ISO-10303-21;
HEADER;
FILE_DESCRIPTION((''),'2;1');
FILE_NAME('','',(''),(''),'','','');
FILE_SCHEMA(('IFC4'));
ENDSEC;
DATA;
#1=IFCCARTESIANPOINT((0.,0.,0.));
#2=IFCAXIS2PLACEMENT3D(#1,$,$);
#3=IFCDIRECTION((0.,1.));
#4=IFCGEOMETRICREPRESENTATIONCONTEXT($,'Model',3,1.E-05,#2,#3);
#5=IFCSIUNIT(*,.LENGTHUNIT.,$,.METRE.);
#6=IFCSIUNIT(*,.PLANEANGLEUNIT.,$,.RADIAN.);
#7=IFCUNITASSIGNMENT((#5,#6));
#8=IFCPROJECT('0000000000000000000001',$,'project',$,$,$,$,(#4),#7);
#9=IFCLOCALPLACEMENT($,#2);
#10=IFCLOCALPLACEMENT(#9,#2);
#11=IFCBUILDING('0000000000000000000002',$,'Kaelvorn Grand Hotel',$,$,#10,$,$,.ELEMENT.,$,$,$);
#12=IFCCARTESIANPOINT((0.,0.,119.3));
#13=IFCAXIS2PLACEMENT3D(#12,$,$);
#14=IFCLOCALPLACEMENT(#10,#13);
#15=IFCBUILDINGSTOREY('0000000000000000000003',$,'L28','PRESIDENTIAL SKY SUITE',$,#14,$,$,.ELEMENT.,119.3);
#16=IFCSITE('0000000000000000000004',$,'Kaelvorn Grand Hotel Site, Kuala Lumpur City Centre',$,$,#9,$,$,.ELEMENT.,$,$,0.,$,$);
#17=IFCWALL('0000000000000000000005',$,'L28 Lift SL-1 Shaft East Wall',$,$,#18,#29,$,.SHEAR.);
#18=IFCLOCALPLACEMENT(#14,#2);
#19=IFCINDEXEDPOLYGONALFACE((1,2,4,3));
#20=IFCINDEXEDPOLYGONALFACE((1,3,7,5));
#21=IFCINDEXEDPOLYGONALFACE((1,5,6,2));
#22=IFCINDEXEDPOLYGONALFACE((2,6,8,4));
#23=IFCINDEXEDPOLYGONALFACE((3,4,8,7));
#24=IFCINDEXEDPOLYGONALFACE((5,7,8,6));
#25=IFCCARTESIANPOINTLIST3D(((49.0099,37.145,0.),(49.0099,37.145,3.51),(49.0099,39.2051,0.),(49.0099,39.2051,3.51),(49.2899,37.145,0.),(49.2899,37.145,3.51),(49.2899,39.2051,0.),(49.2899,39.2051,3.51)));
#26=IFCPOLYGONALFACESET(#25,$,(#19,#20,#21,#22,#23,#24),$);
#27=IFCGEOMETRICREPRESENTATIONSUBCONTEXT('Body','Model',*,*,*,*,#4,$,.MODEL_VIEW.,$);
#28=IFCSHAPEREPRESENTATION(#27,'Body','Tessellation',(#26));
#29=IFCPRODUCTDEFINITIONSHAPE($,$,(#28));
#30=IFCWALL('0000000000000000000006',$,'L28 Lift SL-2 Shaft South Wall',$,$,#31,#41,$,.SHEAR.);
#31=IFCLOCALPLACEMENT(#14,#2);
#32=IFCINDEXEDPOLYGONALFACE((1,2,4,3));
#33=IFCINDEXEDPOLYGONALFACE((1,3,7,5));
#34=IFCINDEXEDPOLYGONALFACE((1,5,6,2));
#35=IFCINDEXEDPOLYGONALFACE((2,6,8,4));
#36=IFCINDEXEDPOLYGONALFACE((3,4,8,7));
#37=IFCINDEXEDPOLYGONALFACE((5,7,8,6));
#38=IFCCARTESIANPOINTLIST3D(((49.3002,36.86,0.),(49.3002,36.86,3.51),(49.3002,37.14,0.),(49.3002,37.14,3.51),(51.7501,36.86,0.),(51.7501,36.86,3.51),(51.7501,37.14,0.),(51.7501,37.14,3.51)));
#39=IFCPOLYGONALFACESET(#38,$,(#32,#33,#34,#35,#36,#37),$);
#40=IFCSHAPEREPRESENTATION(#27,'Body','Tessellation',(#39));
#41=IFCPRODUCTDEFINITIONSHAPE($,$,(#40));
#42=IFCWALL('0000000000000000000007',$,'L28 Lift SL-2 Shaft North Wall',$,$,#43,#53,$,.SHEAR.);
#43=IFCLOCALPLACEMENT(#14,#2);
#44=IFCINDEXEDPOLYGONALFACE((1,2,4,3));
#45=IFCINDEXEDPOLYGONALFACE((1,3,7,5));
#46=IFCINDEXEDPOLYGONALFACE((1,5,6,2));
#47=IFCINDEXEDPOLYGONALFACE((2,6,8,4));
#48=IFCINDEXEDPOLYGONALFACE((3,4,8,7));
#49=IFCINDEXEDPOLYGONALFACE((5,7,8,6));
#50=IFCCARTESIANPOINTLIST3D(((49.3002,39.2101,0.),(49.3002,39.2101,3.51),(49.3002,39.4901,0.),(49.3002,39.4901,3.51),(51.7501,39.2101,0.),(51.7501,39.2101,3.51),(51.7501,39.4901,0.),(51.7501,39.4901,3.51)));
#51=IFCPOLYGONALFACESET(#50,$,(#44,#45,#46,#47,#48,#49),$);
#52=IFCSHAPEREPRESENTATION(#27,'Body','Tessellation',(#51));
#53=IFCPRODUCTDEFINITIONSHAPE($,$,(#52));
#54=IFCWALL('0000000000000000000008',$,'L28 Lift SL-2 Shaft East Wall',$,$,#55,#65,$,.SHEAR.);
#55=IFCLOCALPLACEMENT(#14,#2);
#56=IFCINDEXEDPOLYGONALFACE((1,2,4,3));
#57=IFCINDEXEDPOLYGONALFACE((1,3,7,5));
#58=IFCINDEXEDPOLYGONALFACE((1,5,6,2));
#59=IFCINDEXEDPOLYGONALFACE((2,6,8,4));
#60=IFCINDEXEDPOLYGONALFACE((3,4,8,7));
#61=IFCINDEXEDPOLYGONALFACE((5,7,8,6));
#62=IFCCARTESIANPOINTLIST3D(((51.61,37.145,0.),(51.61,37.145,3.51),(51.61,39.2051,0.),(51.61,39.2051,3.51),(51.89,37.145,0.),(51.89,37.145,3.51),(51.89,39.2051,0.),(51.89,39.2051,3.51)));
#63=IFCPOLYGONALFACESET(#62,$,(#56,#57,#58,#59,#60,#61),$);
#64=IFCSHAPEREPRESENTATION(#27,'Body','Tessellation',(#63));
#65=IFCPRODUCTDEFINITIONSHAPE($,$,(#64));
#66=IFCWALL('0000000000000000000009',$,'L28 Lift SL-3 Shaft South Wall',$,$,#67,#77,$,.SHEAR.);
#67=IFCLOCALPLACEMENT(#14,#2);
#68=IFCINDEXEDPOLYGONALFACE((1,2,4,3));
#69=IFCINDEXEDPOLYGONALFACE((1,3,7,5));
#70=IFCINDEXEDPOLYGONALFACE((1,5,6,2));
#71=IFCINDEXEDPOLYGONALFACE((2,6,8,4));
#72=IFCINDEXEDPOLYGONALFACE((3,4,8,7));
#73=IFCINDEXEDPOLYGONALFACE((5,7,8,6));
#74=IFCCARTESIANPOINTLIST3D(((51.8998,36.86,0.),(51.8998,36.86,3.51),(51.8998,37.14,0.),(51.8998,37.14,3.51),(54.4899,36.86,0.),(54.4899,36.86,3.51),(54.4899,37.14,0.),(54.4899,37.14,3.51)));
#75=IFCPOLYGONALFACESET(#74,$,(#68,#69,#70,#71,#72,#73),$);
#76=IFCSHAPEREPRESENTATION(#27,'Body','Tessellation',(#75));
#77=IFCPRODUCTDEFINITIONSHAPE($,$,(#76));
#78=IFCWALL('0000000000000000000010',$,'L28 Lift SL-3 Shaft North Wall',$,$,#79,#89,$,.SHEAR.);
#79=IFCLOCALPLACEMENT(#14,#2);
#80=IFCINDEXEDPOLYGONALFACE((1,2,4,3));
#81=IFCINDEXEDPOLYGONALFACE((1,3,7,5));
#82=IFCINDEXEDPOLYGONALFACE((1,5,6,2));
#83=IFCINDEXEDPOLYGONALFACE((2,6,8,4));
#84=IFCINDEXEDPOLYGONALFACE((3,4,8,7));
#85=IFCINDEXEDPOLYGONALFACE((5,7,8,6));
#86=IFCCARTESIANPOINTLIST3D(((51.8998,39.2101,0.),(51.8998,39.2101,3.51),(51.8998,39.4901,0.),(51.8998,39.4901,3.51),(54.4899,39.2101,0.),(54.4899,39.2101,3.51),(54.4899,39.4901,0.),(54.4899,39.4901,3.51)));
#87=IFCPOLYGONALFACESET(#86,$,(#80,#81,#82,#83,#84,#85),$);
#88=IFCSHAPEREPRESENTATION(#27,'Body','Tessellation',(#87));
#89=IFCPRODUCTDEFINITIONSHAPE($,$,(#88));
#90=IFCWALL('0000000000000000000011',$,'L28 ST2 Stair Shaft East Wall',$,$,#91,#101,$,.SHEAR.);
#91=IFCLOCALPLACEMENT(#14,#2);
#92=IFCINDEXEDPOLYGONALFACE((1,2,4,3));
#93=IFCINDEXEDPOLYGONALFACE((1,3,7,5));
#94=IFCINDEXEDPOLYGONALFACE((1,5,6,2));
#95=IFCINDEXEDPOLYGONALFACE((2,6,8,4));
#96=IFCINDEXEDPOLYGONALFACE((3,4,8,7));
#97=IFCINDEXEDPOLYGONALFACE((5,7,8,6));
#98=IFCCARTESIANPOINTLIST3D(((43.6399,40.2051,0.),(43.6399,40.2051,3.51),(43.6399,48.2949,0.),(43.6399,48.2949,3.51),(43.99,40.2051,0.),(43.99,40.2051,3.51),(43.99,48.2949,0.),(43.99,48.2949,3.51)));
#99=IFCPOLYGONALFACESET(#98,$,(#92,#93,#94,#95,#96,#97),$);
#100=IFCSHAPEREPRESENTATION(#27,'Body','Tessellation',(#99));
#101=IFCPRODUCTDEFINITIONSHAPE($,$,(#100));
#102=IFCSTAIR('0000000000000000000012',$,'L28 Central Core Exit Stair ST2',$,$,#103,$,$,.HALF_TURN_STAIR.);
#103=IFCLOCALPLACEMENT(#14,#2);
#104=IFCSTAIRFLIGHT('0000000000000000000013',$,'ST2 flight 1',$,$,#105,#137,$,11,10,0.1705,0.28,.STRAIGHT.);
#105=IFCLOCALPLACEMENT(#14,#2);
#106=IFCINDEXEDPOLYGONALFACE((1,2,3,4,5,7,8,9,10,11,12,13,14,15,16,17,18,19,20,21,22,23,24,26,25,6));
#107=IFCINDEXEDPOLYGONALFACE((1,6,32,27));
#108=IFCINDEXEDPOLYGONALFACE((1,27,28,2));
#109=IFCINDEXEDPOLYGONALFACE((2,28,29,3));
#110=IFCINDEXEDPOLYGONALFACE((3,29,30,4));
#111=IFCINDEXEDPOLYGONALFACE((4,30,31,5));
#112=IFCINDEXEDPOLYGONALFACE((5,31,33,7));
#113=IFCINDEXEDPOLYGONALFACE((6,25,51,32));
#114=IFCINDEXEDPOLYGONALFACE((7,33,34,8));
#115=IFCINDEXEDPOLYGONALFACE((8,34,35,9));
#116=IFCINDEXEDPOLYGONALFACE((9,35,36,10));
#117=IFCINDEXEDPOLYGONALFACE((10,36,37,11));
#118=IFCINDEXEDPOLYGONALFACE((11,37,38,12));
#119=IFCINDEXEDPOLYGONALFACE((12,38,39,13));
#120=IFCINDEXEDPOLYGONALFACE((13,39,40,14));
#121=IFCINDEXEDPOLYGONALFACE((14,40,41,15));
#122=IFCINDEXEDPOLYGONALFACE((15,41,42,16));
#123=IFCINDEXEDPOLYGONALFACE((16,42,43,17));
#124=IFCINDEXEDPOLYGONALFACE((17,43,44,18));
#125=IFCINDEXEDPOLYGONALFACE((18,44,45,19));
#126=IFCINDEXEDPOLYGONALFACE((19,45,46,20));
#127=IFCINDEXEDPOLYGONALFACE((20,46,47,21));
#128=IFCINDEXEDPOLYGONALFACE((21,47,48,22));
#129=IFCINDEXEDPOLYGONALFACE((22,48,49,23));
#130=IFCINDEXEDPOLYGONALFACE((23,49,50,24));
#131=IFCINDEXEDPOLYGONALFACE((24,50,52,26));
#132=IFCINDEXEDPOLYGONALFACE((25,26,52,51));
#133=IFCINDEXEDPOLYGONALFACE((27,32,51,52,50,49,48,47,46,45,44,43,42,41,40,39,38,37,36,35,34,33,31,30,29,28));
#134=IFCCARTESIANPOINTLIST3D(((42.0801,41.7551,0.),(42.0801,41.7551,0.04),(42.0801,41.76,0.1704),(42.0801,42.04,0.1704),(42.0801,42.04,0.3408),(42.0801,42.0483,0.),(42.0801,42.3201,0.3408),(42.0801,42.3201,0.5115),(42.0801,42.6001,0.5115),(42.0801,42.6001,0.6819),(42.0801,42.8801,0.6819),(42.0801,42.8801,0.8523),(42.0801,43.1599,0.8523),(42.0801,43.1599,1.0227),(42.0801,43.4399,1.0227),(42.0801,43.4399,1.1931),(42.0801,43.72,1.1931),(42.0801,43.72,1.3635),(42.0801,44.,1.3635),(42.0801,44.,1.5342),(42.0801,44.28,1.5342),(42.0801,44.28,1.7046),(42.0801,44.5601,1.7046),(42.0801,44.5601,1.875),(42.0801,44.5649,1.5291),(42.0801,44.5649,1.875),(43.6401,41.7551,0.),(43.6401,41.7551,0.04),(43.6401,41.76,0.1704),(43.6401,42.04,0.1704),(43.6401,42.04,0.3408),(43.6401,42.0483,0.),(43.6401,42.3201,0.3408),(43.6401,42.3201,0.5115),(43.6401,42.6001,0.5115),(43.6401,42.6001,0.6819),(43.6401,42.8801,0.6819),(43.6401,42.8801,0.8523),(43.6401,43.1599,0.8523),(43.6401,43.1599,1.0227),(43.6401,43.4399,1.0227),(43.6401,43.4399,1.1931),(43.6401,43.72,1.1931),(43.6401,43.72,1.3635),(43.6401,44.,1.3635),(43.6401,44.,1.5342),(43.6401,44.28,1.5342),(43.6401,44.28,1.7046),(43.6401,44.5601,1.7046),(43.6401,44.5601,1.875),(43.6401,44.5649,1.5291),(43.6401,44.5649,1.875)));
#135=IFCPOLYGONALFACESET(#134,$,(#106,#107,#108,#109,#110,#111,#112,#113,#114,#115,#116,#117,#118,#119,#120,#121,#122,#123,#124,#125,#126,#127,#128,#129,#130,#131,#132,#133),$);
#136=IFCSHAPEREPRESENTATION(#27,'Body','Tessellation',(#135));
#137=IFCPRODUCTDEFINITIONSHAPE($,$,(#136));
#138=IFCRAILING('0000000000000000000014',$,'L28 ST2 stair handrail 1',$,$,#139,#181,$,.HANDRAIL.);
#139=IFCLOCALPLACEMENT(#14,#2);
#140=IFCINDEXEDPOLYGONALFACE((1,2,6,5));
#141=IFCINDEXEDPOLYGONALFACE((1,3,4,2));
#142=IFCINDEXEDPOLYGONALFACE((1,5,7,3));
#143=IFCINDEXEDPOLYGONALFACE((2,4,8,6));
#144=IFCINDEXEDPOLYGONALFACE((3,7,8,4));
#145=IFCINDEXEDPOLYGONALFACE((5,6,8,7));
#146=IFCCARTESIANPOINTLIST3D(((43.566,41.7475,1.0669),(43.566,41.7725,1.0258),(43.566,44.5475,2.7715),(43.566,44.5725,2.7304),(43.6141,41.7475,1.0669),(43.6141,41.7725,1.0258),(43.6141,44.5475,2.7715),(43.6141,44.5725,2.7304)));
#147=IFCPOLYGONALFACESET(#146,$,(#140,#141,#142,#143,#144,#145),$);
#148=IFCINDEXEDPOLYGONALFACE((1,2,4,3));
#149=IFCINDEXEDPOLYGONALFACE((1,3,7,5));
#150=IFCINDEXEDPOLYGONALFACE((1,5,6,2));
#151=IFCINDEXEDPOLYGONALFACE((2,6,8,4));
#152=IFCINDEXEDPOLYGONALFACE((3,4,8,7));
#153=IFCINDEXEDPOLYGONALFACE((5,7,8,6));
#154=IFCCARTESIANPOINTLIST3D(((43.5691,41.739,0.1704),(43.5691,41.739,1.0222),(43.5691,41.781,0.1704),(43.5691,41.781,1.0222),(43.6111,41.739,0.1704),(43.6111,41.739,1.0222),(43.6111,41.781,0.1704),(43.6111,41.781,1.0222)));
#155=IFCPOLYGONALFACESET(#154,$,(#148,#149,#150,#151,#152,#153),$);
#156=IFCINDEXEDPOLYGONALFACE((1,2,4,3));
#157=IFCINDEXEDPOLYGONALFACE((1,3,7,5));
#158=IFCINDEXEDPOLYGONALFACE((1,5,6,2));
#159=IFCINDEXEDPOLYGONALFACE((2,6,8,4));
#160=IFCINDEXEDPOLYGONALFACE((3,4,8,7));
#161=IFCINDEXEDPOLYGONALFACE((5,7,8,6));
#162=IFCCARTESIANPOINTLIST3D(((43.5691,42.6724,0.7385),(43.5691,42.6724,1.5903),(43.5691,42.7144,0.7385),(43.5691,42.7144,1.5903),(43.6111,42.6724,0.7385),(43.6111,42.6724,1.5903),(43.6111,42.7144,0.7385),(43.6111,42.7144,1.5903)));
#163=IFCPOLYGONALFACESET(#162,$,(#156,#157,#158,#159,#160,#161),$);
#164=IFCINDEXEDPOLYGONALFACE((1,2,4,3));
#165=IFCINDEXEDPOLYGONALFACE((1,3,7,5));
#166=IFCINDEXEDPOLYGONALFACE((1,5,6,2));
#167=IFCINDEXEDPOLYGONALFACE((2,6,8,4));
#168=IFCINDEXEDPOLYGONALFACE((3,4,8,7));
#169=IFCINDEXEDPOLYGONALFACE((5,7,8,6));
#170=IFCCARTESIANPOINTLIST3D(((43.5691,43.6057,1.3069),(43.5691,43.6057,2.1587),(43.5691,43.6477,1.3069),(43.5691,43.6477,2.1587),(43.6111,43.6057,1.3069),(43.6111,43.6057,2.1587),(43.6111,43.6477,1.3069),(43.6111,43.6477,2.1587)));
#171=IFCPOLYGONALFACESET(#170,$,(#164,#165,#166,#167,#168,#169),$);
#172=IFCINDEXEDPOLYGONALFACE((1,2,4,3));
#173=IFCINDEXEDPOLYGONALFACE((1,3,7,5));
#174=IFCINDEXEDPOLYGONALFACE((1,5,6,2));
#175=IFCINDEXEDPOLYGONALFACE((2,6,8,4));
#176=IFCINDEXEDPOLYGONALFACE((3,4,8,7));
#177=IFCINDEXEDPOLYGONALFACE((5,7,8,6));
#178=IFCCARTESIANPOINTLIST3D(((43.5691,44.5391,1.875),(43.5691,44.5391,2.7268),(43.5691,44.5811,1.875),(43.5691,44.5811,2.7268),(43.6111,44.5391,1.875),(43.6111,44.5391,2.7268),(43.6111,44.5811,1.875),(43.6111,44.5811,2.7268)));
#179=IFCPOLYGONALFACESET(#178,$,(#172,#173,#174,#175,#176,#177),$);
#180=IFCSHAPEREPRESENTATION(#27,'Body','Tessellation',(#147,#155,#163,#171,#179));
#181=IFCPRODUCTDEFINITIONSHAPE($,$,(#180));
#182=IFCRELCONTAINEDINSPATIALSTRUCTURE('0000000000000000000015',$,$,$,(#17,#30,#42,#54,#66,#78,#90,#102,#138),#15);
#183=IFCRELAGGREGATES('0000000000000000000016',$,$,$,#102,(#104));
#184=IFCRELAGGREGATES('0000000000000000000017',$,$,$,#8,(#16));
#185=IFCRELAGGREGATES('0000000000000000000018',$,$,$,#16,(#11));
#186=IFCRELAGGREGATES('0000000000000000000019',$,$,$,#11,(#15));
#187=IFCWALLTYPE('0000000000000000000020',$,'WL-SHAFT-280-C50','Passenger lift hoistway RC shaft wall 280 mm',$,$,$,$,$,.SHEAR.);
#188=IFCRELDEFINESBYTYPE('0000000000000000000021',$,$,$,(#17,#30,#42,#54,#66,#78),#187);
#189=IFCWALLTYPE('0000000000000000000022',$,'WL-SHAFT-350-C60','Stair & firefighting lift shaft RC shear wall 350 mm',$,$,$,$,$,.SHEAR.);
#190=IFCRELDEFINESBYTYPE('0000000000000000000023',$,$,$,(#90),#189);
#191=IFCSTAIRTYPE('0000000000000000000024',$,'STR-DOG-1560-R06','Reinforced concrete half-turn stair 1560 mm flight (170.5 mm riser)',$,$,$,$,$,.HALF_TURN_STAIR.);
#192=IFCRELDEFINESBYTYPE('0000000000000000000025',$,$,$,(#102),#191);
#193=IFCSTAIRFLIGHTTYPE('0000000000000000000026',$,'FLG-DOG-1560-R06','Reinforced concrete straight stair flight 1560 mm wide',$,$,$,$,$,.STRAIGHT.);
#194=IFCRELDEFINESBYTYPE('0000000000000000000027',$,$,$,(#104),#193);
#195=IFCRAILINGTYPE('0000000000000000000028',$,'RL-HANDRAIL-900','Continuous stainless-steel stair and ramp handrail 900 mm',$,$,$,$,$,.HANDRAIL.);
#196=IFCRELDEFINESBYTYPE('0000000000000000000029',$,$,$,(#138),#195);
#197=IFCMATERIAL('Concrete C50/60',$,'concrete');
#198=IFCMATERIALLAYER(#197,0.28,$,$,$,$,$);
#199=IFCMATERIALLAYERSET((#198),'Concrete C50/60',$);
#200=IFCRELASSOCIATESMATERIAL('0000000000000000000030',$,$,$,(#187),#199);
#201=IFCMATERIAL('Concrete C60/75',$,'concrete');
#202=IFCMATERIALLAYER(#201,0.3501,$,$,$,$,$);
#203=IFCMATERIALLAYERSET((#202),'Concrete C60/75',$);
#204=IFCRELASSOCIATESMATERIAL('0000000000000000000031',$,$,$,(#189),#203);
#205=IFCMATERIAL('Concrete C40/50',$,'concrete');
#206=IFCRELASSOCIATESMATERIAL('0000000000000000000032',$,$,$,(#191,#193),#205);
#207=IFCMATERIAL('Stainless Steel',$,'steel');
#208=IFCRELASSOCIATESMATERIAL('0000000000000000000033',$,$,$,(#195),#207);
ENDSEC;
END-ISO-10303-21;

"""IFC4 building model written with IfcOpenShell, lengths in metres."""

from ifc_helpers import new_model, si_unit, direction, frame, frame_2d, origin, origin_2d, place, context, subcontext, project, spatial, polyline, rectangle, outline, extrude, material, layer, layer_set, type_object, element, aggregate, save


model = new_model("IFC4")

# Units and contexts
model_context = context("Model", 3, precision=1e-05, world=origin(), true_north=direction((0.0, 1.0)))
body_context = subcontext(model_context, "Body", "Model", "MODEL_VIEW")
ifc_project = project(units=[si_unit("LENGTHUNIT", "METRE"), si_unit("PLANEANGLEUNIT", "RADIAN")], contexts=[model_context])

# Site, building, storey
site_placement = place(None, origin())
site = spatial("IfcSite", under=ifc_project, at=site_placement, Name="Kaelvorn Grand Hotel Site, Kuala Lumpur City Centre", CompositionType="ELEMENT", RefElevation=0.0)
building_placement = place(site_placement, origin())
building = spatial("IfcBuilding", under=site, at=building_placement, Name="Kaelvorn Grand Hotel", CompositionType="ELEMENT")
storey_placement = place(building_placement, frame((0.0, 0.0, 119.3)))
storey = spatial("IfcBuildingStorey", under=building, at=storey_placement, Name="L28", Description="PRESIDENTIAL SKY SUITE", CompositionType="ELEMENT", Elevation=119.3)

# Shared definitions
ifc_material_1 = material(Name="Concrete C60/75", Category="concrete")

# Walls
ifc_material_2 = material(Name="Concrete C40/50", Category="concrete")
ifc_material_3 = material(Name="Concrete C50/60", Category="concrete")
ifc_layer_1 = layer(ifc_material_3, 0.28)
ifc_layer_set_1 = layer_set([ifc_layer_1], Name="Concrete C50/60")
wall_type_1 = type_object("IfcWallType", Name="WL-SHAFT-280-C50", Description="Passenger lift hoistway RC shaft wall 280 mm", PredefinedType="SHEAR", material=ifc_layer_set_1)
for number, where, z_axis, x_axis, name in (
    (1, (49.1499, 37.145, 0.0), (0.0, 0.0, 1.0), (0.0, 1.0, 0.0), "L28 Lift SL-1 Shaft East Wall"),
):
    element("IfcWall", number, at=place(storey_placement, frame(where, z_axis=z_axis, x_axis=x_axis)), inside=storey, type_object=wall_type_1, Name=name, PredefinedType="SHEAR", context=body_context, shape_type="SweptSolid", body=[
        extrude(rectangle(XDim=2.0601, YDim=0.28, at=frame_2d((1.03, 0.0))), origin(), (0.0, 0.0, 1.0), 3.51),
    ])
for number, where, z_axis, x_axis, name in (
    (2, (49.3, 37.0, 0.0), (0.0, 0.0, 1.0), (1.0, 0.0, 0.0), "L28 Lift SL-2 Shaft South Wall"),
    (3, (49.3, 39.3501, 0.0), (0.0, 0.0, 1.0), (1.0, 0.0, 0.0), "L28 Lift SL-2 Shaft North Wall"),
):
    element("IfcWall", number, at=place(storey_placement, frame(where, z_axis=z_axis, x_axis=x_axis)), inside=storey, type_object=wall_type_1, Name=name, PredefinedType="SHEAR", context=body_context, shape_type="SweptSolid", body=[
        extrude(rectangle(XDim=2.45, YDim=0.28, at=frame_2d((1.2251, 0.0))), origin(), (0.0, 0.0, 1.0), 3.51),
    ])
wall_1_placement = place(storey_placement, frame((51.75, 37.145, 0.0), z_axis=(0.0, 0.0, 1.0), x_axis=(0.0, 1.0, 0.0)))
element("IfcWall", 4, at=wall_1_placement, inside=storey, type_object=wall_type_1, Name="L28 Lift SL-2 Shaft East Wall", PredefinedType="SHEAR", context=body_context, shape_type="SweptSolid", body=[
    extrude(rectangle(XDim=2.0601, YDim=0.28, at=frame_2d((1.03, 0.0))), origin(), (0.0, 0.0, 1.0), 3.51),
])
for number, where, z_axis, x_axis, name in (
    (5, (51.8999, 37.0, 0.0), (0.0, 0.0, 1.0), (1.0, 0.0, 0.0), "L28 Lift SL-3 Shaft South Wall"),
    (6, (51.8999, 39.3501, 0.0), (0.0, 0.0, 1.0), (1.0, 0.0, 0.0), "L28 Lift SL-3 Shaft North Wall"),
):
    element("IfcWall", number, at=place(storey_placement, frame(where, z_axis=z_axis, x_axis=x_axis)), inside=storey, type_object=wall_type_1, Name=name, PredefinedType="SHEAR", context=body_context, shape_type="SweptSolid", body=[
        extrude(rectangle(XDim=2.5901, YDim=0.28, at=frame_2d((1.2949, 0.0))), origin(), (0.0, 0.0, 1.0), 3.51),
    ])
ifc_layer_2 = layer(ifc_material_1, 0.3501)
ifc_layer_set_2 = layer_set([ifc_layer_2], Name="Concrete C60/75")
wall_type_2 = type_object("IfcWallType", Name="WL-SHAFT-350-C60", Description="Stair & firefighting lift shaft RC shear wall 350 mm", PredefinedType="SHEAR", material=ifc_layer_set_2)
wall_2_placement = place(storey_placement, frame((43.8149, 40.2051, 0.0), z_axis=(0.0, 0.0, 1.0), x_axis=(0.0, 1.0, 0.0)))
element("IfcWall", 7, at=wall_2_placement, inside=storey, type_object=wall_type_2, Name="L28 ST2 Stair Shaft East Wall", PredefinedType="SHEAR", context=body_context, shape_type="SweptSolid", body=[
    extrude(rectangle(XDim=8.0898, YDim=0.3501, at=frame_2d((4.0449, 0.0))), origin(), (0.0, 0.0, 1.0), 3.51),
])

# Stair, stair flight
stair_type = type_object("IfcStairType", Name="STR-DOG-1560-R06", Description="Reinforced concrete half-turn stair 1560 mm flight (170.5 mm riser)", PredefinedType="HALF_TURN_STAIR", material=ifc_material_2)
stair_placement = place(storey_placement, origin())
stair = element("IfcStair", 8, at=stair_placement, inside=storey, type_object=stair_type, Name="L28 Central Core Exit Stair ST2", PredefinedType="HALF_TURN_STAIR")
stair_flight_type = type_object("IfcStairFlightType", Name="FLG-DOG-1560-R06", Description="Reinforced concrete straight stair flight 1560 mm wide", PredefinedType="STRAIGHT", material=ifc_material_2)
stair_flight_placement = place(storey_placement, frame((42.8601, 41.76, 0.0), z_axis=(0.0, 0.0, 1.0), x_axis=(0.0, 1.0, 0.0)))
stair_flight = element("IfcStairFlight", 9, at=stair_flight_placement, type_object=stair_flight_type, Name="ST2 flight 1", NumberOfRisers=11, NumberOfTreads=10, PredefinedType="STRAIGHT", RiserHeight=0.1705, TreadLength=0.28, context=body_context, shape_type="SweptSolid", body=[
    extrude(outline(polyline([(-0.0049, 0.0), (-0.0049, 0.04), (0.0, 0.1704), (0.28, 0.1704), (0.28, 0.3408), (0.5601, 0.3408), (0.5601, 0.5115), (0.8401, 0.5115), (0.8401, 0.6819), (1.1201, 0.6819), (1.1201, 0.8523), (1.3999, 0.8523), (1.3999, 1.0227), (1.6799, 1.0227), (1.6799, 1.1931), (1.96, 1.1931), (1.96, 1.3635), (2.24, 1.3635), (2.24, 1.5342), (2.52, 1.5342), (2.52, 1.7046), (2.8, 1.7046), (2.8, 1.875), (2.8049, 1.875), (2.8049, 1.5291), (0.2883, 0.0), (-0.0049, 0.0)])), frame((0.0, 0.78, 0.0), z_axis=(0.0, -1.0, 0.0), x_axis=(1.0, 0.0, 0.0)), (0.0, 0.0, 1.0), 1.5601),
])
aggregate(stair, [stair_flight])

# Railing
ifc_material_4 = material(Name="Stainless Steel", Category="steel")
railing_type_1 = type_object("IfcRailingType", Name="RL-HANDRAIL-900", Description="Continuous stainless-steel stair and ramp handrail 900 mm", PredefinedType="HANDRAIL", material=ifc_material_4)
railing_1_placement = place(storey_placement, frame((43.5901, 41.76, 0.1704)))
element("IfcRailing", 10, at=railing_1_placement, inside=storey, type_object=railing_type_1, Name="L28 ST2 stair handrail 1", PredefinedType="HANDRAIL", context=body_context, shape_type="SweptSolid", body=[
    extrude(rectangle(XDim=0.0481, YDim=0.0481, at=origin_2d()), frame((0.0, 0.0, 0.876), z_axis=(0.0, 0.85417, 0.519994), x_axis=(-1.0, 0.0, 0.0)), (0.0, 0.0, 1.0), 3.2781),
    extrude(rectangle(XDim=0.042, YDim=0.042, at=origin_2d()), origin(), (0.0, 0.0, 1.0), 0.8518),
    extrude(rectangle(XDim=0.042, YDim=0.042, at=origin_2d()), frame((0.0, 0.9333, 0.5681)), (0.0, 0.0, 1.0), 0.8518),
    extrude(rectangle(XDim=0.042, YDim=0.042, at=origin_2d()), frame((0.0, 1.8667, 1.1365)), (0.0, 0.0, 1.0), 0.8518),
    extrude(rectangle(XDim=0.042, YDim=0.042, at=origin_2d()), frame((0.0, 2.8, 1.7046)), (0.0, 0.0, 1.0), 0.8518),
])

save(model, "model.ifc")
